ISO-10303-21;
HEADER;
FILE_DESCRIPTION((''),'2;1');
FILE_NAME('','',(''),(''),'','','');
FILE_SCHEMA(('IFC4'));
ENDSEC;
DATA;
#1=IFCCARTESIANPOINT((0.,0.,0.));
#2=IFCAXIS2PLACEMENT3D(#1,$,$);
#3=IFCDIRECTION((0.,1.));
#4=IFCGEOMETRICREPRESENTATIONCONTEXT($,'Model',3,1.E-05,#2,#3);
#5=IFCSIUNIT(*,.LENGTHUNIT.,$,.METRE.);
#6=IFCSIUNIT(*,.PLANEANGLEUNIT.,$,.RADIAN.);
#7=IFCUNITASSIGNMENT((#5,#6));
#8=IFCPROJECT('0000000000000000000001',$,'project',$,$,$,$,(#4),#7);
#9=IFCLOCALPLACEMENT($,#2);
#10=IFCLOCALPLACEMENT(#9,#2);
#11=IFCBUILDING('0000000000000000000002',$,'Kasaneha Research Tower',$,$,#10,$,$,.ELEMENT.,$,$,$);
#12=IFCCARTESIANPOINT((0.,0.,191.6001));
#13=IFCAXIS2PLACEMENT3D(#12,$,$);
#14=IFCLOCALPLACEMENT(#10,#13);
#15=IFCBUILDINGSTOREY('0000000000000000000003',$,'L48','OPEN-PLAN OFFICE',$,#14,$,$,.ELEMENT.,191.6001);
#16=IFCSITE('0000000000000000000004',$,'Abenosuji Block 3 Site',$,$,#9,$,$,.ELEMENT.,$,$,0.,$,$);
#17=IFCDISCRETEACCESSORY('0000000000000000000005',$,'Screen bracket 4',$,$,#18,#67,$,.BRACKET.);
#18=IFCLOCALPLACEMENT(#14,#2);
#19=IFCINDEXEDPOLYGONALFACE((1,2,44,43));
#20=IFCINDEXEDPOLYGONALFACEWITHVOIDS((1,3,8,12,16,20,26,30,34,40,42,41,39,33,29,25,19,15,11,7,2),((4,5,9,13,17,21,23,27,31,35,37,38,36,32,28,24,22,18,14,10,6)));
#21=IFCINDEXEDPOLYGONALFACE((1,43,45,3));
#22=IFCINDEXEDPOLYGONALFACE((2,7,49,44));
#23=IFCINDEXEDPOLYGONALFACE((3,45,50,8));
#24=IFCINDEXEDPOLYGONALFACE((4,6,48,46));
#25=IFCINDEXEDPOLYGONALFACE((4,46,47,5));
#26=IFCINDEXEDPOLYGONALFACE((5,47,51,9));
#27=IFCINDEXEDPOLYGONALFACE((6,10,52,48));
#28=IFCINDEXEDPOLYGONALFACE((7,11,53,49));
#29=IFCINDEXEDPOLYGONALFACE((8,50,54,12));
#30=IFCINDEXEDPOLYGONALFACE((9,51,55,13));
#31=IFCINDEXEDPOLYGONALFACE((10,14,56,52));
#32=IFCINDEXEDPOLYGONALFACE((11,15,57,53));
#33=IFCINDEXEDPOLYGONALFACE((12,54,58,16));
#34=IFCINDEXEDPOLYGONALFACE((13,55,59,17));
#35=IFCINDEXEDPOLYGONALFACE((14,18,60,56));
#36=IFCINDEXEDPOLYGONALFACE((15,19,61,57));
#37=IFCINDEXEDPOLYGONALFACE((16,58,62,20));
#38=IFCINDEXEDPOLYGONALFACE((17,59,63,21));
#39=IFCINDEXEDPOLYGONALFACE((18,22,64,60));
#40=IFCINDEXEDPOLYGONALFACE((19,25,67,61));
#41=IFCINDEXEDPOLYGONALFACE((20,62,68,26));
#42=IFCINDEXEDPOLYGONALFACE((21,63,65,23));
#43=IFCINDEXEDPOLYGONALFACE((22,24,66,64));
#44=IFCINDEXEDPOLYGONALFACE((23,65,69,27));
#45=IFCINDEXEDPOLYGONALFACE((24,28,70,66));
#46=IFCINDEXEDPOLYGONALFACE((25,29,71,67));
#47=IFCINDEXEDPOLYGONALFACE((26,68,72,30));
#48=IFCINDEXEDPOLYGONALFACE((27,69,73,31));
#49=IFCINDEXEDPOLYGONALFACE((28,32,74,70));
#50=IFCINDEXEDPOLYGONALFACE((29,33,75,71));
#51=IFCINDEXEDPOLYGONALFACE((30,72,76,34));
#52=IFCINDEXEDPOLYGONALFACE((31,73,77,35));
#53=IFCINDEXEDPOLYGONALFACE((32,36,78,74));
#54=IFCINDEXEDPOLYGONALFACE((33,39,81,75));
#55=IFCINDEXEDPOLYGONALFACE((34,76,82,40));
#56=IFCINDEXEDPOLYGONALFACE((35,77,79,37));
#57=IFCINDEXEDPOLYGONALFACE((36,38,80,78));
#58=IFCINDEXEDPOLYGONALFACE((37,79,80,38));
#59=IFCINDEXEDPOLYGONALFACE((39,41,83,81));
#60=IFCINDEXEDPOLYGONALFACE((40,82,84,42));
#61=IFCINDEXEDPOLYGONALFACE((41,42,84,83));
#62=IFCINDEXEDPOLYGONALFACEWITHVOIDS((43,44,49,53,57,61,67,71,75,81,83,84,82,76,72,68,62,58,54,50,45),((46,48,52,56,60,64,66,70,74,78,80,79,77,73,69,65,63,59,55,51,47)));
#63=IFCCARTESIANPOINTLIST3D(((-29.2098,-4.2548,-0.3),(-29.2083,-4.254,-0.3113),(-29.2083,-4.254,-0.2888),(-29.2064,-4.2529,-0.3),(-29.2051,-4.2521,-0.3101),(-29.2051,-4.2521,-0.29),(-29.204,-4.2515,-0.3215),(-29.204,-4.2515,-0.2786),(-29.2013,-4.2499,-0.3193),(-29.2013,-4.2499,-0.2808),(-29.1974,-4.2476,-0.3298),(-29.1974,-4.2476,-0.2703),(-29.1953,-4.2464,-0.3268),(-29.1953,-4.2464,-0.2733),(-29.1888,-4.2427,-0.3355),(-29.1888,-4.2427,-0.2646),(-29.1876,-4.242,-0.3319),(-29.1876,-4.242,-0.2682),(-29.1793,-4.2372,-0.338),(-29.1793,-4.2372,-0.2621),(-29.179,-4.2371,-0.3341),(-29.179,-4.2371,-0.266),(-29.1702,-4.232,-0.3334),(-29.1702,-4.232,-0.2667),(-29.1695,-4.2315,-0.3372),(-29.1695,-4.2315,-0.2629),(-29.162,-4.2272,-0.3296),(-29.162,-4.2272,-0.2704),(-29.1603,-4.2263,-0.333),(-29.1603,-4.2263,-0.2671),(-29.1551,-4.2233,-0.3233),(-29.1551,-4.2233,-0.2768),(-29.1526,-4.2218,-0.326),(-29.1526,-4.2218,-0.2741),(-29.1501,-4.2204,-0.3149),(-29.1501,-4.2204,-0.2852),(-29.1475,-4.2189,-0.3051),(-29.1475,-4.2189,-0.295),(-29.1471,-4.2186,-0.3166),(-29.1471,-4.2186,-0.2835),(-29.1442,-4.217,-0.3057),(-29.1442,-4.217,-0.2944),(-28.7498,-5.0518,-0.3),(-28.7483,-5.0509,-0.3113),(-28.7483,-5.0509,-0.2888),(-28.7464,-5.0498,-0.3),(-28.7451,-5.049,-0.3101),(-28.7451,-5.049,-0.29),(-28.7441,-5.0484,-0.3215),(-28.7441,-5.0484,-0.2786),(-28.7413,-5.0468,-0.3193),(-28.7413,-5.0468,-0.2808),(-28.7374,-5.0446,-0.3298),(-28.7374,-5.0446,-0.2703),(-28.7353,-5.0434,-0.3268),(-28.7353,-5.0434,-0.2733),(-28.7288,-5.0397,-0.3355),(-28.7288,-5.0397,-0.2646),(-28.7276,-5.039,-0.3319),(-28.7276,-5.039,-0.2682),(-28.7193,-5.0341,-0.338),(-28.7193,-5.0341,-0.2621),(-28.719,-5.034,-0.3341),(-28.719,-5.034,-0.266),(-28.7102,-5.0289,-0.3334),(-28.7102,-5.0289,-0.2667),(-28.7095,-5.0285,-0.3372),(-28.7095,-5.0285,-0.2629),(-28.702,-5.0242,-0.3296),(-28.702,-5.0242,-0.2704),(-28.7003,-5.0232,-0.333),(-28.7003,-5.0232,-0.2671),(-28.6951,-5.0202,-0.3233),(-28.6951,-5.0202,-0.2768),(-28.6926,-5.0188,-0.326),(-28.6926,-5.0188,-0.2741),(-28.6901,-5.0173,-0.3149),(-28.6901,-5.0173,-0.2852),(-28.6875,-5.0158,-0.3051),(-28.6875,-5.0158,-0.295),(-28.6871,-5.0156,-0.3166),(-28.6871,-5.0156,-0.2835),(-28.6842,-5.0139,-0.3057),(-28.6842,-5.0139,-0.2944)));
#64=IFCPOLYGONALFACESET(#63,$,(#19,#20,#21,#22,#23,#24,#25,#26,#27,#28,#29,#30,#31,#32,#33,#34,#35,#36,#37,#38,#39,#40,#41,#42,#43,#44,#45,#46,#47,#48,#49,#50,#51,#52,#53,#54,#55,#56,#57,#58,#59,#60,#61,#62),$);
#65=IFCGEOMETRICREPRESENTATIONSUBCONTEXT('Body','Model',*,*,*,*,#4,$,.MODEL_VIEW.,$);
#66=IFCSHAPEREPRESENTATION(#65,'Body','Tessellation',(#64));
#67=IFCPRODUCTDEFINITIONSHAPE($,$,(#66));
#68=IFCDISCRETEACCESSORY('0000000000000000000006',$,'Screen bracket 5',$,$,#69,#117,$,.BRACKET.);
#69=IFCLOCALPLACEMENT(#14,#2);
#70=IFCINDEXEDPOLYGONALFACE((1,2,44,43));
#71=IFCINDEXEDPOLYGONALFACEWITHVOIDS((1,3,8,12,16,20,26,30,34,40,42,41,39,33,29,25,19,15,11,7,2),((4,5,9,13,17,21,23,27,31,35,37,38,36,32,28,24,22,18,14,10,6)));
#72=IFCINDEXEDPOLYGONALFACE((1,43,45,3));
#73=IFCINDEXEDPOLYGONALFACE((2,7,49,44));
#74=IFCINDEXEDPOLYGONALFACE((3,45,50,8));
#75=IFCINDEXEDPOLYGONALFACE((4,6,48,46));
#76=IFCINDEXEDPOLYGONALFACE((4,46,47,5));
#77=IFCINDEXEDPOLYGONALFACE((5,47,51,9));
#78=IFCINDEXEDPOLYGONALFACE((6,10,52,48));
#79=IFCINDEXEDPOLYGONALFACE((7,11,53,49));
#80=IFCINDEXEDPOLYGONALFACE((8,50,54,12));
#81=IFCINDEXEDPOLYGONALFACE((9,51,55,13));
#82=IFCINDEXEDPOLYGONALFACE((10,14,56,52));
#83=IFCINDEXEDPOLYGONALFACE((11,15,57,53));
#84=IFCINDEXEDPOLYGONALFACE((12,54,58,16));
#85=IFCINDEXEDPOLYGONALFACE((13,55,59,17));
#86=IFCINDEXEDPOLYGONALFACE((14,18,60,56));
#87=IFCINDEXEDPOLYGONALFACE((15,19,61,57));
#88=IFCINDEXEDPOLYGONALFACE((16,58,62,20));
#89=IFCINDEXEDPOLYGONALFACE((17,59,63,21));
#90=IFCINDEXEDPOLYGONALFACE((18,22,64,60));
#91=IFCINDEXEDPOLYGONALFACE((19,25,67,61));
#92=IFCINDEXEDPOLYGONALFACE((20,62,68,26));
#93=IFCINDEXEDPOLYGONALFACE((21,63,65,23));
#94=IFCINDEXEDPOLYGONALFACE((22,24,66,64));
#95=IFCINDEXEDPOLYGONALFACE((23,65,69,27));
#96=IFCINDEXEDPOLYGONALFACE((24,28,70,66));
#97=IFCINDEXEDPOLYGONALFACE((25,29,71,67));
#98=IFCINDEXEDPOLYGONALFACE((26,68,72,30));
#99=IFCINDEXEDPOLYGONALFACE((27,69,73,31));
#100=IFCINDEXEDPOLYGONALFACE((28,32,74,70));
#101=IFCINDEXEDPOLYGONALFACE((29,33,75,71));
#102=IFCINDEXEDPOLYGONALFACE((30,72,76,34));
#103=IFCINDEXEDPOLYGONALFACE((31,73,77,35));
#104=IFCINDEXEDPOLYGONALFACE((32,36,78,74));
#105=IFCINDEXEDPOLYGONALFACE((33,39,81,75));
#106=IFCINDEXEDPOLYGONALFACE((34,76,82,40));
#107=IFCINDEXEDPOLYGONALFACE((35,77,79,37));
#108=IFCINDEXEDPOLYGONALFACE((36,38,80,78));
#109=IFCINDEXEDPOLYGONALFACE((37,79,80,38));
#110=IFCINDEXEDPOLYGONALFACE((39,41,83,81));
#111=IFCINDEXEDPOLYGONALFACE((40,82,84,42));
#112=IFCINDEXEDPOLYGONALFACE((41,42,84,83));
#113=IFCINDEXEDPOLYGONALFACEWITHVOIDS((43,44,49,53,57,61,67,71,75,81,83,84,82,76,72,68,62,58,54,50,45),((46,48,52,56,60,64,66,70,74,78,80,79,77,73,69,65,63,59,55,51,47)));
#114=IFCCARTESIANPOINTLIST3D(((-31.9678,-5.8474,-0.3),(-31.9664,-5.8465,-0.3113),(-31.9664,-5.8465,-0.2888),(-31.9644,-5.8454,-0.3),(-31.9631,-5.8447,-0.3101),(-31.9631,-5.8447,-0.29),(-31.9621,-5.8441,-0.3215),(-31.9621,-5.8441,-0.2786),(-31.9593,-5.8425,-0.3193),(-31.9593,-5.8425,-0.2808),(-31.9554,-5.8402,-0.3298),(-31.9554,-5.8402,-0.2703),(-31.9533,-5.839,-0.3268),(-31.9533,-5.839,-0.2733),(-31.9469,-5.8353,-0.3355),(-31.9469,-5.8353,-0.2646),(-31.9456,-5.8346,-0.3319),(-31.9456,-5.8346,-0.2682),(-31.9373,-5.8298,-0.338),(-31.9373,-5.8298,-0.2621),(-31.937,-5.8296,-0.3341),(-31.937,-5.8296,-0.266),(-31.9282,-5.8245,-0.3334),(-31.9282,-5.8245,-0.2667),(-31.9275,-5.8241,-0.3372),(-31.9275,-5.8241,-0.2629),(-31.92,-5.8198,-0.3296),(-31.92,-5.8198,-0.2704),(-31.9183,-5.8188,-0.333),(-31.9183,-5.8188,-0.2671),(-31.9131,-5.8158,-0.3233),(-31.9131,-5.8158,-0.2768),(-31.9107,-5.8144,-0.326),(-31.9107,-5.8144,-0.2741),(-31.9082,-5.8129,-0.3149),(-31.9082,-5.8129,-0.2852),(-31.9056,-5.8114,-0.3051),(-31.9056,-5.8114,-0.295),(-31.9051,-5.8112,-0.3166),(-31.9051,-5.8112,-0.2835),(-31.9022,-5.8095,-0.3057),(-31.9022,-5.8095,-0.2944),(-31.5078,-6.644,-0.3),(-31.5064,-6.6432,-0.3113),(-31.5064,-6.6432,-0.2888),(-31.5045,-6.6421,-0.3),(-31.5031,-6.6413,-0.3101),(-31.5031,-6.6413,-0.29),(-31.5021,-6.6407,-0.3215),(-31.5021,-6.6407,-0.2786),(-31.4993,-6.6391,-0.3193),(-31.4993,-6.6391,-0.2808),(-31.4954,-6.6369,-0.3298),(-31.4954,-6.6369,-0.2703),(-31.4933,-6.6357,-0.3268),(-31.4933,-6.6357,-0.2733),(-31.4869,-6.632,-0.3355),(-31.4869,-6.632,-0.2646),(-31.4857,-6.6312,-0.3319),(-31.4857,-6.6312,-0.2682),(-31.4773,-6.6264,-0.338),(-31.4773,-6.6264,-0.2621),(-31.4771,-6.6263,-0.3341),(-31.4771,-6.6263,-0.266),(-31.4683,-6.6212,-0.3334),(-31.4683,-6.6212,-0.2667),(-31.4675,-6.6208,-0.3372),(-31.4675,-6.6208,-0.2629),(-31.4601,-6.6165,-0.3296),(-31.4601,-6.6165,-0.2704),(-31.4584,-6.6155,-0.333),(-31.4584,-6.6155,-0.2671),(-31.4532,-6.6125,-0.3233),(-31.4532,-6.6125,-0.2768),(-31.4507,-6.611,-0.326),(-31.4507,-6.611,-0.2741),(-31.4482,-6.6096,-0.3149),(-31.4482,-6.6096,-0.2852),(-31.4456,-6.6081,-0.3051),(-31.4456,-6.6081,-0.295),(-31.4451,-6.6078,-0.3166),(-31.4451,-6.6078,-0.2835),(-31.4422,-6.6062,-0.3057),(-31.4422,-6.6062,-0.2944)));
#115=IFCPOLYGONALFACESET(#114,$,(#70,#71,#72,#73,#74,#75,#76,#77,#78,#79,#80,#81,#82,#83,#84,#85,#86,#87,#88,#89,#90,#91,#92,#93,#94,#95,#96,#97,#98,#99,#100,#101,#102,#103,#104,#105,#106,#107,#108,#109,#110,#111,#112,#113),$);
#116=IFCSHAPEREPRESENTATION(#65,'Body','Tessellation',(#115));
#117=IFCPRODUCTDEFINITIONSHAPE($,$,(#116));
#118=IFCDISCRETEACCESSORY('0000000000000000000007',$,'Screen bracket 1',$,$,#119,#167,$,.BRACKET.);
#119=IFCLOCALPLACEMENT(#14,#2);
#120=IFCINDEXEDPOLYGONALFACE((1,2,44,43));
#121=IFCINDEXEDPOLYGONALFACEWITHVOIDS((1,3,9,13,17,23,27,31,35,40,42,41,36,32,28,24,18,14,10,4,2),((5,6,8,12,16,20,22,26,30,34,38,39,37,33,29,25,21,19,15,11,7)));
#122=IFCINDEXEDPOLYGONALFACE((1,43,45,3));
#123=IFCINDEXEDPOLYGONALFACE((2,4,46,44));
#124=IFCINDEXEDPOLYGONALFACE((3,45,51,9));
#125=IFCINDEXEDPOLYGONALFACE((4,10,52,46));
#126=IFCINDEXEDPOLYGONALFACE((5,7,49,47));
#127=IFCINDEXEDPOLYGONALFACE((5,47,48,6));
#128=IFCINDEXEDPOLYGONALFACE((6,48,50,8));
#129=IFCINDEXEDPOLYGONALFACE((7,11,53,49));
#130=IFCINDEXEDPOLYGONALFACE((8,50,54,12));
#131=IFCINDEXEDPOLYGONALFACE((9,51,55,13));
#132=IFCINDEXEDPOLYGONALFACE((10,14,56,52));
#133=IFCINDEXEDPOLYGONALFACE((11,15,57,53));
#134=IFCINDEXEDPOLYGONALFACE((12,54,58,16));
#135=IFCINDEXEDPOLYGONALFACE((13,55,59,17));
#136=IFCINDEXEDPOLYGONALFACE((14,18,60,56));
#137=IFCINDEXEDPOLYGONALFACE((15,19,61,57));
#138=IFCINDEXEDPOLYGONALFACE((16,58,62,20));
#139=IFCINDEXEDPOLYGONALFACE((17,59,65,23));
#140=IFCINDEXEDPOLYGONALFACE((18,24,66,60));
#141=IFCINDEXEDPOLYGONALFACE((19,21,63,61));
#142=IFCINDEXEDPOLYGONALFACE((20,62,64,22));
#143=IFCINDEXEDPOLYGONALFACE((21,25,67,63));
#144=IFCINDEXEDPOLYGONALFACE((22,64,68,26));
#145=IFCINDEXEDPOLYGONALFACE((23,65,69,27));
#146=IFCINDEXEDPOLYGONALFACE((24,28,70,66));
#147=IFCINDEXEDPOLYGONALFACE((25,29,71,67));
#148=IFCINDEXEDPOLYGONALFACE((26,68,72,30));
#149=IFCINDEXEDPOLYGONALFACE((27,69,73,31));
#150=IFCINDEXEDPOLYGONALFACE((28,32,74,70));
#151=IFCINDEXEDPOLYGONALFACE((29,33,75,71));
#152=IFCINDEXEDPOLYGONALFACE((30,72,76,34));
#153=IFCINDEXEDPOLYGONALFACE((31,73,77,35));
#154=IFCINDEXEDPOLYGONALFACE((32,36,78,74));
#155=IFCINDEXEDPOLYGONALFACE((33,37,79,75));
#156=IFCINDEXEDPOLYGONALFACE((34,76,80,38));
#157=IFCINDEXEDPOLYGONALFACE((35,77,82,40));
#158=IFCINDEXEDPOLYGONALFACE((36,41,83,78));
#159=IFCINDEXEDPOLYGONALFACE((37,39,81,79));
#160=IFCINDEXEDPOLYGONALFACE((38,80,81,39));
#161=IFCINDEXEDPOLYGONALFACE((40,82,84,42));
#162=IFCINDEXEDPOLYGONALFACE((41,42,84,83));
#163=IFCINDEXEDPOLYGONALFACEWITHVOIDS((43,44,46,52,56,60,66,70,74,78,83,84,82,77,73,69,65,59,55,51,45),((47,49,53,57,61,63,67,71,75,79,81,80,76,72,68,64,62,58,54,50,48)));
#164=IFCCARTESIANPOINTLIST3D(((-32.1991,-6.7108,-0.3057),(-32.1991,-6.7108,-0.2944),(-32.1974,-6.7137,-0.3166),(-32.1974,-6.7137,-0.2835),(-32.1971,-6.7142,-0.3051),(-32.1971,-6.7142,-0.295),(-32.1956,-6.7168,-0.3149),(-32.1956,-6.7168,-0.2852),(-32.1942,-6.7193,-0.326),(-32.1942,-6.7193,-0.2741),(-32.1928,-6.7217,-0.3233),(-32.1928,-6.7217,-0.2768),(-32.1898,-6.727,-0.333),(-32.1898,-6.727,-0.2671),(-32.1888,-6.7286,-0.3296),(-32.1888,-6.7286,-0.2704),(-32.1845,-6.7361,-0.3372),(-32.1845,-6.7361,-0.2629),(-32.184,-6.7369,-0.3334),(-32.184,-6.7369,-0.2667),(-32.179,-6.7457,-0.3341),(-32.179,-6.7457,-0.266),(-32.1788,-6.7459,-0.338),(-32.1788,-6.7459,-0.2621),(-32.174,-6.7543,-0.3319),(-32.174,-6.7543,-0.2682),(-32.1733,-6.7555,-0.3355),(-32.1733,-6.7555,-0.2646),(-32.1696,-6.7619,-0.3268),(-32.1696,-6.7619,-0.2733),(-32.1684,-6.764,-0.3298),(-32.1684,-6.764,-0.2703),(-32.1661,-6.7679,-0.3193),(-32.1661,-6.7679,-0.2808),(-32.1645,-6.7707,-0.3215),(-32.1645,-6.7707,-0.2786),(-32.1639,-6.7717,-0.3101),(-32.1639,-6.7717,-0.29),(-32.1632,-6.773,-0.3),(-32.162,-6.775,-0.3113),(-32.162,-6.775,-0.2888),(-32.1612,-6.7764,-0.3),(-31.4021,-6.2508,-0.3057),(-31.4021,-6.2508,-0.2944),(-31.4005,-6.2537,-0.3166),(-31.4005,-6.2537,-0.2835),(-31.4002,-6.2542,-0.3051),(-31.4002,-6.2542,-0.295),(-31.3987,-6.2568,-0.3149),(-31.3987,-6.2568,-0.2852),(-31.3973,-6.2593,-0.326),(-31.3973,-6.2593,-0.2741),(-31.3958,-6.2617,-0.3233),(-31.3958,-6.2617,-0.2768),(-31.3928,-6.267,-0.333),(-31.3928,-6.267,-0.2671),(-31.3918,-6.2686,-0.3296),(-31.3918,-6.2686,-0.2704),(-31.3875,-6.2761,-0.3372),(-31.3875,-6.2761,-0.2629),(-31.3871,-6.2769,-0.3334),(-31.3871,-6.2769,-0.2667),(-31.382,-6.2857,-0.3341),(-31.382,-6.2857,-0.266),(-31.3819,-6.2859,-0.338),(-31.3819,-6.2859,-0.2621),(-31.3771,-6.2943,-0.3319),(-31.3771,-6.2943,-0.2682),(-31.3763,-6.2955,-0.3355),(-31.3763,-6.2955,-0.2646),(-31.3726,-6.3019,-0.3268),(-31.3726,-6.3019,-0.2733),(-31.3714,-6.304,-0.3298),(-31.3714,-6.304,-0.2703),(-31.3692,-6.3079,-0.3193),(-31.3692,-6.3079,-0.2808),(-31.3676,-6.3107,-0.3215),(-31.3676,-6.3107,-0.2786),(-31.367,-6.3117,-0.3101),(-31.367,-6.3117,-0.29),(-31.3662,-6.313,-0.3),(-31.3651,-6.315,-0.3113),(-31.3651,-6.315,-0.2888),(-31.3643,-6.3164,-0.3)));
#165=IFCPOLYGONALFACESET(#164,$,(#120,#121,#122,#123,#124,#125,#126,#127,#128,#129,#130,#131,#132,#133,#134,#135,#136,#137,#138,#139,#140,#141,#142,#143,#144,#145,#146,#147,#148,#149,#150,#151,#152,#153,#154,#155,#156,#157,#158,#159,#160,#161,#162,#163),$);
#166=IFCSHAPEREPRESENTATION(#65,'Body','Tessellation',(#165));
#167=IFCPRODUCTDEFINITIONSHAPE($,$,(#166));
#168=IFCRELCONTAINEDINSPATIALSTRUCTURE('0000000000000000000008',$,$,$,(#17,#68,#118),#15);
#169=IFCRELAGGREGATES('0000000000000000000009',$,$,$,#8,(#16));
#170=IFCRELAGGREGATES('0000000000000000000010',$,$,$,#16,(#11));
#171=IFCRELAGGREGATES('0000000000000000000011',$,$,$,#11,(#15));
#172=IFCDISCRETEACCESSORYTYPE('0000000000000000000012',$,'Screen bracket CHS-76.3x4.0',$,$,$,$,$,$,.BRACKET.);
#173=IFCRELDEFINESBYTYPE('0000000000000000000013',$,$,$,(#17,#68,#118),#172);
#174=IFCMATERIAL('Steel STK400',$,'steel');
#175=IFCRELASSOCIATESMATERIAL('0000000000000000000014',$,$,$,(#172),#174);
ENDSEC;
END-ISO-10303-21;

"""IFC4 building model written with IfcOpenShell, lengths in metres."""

from ifc_helpers import new_model, si_unit, direction, frame, origin, origin_2d, place, context, subcontext, project, spatial, hollow_circle, extrude, material, material_profile, profile_set, type_object, element, save


model = new_model("IFC4")

# Units and contexts
model_context = context("Model", 3, precision=1e-05, world=origin(), true_north=direction((0.0, 1.0)))
body_context = subcontext(model_context, "Body", "Model", "MODEL_VIEW")
ifc_project = project(units=[si_unit("LENGTHUNIT", "METRE"), si_unit("PLANEANGLEUNIT", "RADIAN")], contexts=[model_context])

# Site, building, storey
site_placement = place(None, origin())
site = spatial("IfcSite", under=ifc_project, at=site_placement, Name="Abenosuji Block 3 Site", CompositionType="ELEMENT", RefElevation=0.0)
building_placement = place(site_placement, origin())
building = spatial("IfcBuilding", under=site, at=building_placement, Name="Kasaneha Research Tower", CompositionType="ELEMENT")
storey_placement = place(building_placement, frame((0.0, 0.0, 191.6001)))
storey = spatial("IfcBuildingStorey", under=building, at=storey_placement, Name="L48", Description="OPEN-PLAN OFFICE", CompositionType="ELEMENT", Elevation=191.6001)

# Discrete accessories
ifc_material_1 = material(Name="Steel STK400", Category="steel")
ifc_material_profile_1 = material_profile(ifc_material_1, hollow_circle(Radius=0.0381, WallThickness=0.0039, at=origin_2d()), Name="CHS-76.3x4.0")
ifc_profile_set_1 = profile_set([ifc_material_profile_1], Name="Steel STK400")
discrete_accessory_type = type_object("IfcDiscreteAccessoryType", Name="Screen bracket CHS-76.3x4.0", PredefinedType="BRACKET", material=ifc_profile_set_1)
discrete_accessory_1_placement = place(storey_placement, frame((-28.7168, -5.0327, -0.3), z_axis=(-0.499906, 0.86608, 0.0), x_axis=(-0.86608, -0.499906, 0.0)))
element("IfcDiscreteAccessory", 1, at=discrete_accessory_1_placement, inside=storey, type_object=discrete_accessory_type, Name="Screen bracket 4", PredefinedType="BRACKET", context=body_context, shape_type="SweptSolid", body=[
    extrude(hollow_circle(Radius=0.0381, WallThickness=0.0039, at=origin_2d()), origin(), (0.0, 0.0, 1.0), 0.9202),
])
discrete_accessory_2_placement = place(storey_placement, frame((-31.4749, -6.625, -0.3), z_axis=(-0.500021, 0.866013, 0.0), x_axis=(-0.866013, -0.500021, 0.0)))
element("IfcDiscreteAccessory", 2, at=discrete_accessory_2_placement, inside=storey, type_object=discrete_accessory_type, Name="Screen bracket 5", PredefinedType="BRACKET", context=body_context, shape_type="SweptSolid", body=[
    extrude(hollow_circle(Radius=0.0381, WallThickness=0.0039, at=origin_2d()), origin(), (0.0, 0.0, 1.0), 0.9199),
])
discrete_accessory_3_placement = place(storey_placement, frame((-31.3833, -6.2834, -0.3), z_axis=(-0.86608, -0.499906, 0.0), x_axis=(0.499906, -0.86608, 0.0)))
element("IfcDiscreteAccessory", 3, at=discrete_accessory_3_placement, inside=storey, type_object=discrete_accessory_type, Name="Screen bracket 1", PredefinedType="BRACKET", context=body_context, shape_type="SweptSolid", body=[
    extrude(hollow_circle(Radius=0.0381, WallThickness=0.0039, at=origin_2d()), origin(), (0.0, 0.0, 1.0), 0.9202),
])

save(model, "model.ifc")
